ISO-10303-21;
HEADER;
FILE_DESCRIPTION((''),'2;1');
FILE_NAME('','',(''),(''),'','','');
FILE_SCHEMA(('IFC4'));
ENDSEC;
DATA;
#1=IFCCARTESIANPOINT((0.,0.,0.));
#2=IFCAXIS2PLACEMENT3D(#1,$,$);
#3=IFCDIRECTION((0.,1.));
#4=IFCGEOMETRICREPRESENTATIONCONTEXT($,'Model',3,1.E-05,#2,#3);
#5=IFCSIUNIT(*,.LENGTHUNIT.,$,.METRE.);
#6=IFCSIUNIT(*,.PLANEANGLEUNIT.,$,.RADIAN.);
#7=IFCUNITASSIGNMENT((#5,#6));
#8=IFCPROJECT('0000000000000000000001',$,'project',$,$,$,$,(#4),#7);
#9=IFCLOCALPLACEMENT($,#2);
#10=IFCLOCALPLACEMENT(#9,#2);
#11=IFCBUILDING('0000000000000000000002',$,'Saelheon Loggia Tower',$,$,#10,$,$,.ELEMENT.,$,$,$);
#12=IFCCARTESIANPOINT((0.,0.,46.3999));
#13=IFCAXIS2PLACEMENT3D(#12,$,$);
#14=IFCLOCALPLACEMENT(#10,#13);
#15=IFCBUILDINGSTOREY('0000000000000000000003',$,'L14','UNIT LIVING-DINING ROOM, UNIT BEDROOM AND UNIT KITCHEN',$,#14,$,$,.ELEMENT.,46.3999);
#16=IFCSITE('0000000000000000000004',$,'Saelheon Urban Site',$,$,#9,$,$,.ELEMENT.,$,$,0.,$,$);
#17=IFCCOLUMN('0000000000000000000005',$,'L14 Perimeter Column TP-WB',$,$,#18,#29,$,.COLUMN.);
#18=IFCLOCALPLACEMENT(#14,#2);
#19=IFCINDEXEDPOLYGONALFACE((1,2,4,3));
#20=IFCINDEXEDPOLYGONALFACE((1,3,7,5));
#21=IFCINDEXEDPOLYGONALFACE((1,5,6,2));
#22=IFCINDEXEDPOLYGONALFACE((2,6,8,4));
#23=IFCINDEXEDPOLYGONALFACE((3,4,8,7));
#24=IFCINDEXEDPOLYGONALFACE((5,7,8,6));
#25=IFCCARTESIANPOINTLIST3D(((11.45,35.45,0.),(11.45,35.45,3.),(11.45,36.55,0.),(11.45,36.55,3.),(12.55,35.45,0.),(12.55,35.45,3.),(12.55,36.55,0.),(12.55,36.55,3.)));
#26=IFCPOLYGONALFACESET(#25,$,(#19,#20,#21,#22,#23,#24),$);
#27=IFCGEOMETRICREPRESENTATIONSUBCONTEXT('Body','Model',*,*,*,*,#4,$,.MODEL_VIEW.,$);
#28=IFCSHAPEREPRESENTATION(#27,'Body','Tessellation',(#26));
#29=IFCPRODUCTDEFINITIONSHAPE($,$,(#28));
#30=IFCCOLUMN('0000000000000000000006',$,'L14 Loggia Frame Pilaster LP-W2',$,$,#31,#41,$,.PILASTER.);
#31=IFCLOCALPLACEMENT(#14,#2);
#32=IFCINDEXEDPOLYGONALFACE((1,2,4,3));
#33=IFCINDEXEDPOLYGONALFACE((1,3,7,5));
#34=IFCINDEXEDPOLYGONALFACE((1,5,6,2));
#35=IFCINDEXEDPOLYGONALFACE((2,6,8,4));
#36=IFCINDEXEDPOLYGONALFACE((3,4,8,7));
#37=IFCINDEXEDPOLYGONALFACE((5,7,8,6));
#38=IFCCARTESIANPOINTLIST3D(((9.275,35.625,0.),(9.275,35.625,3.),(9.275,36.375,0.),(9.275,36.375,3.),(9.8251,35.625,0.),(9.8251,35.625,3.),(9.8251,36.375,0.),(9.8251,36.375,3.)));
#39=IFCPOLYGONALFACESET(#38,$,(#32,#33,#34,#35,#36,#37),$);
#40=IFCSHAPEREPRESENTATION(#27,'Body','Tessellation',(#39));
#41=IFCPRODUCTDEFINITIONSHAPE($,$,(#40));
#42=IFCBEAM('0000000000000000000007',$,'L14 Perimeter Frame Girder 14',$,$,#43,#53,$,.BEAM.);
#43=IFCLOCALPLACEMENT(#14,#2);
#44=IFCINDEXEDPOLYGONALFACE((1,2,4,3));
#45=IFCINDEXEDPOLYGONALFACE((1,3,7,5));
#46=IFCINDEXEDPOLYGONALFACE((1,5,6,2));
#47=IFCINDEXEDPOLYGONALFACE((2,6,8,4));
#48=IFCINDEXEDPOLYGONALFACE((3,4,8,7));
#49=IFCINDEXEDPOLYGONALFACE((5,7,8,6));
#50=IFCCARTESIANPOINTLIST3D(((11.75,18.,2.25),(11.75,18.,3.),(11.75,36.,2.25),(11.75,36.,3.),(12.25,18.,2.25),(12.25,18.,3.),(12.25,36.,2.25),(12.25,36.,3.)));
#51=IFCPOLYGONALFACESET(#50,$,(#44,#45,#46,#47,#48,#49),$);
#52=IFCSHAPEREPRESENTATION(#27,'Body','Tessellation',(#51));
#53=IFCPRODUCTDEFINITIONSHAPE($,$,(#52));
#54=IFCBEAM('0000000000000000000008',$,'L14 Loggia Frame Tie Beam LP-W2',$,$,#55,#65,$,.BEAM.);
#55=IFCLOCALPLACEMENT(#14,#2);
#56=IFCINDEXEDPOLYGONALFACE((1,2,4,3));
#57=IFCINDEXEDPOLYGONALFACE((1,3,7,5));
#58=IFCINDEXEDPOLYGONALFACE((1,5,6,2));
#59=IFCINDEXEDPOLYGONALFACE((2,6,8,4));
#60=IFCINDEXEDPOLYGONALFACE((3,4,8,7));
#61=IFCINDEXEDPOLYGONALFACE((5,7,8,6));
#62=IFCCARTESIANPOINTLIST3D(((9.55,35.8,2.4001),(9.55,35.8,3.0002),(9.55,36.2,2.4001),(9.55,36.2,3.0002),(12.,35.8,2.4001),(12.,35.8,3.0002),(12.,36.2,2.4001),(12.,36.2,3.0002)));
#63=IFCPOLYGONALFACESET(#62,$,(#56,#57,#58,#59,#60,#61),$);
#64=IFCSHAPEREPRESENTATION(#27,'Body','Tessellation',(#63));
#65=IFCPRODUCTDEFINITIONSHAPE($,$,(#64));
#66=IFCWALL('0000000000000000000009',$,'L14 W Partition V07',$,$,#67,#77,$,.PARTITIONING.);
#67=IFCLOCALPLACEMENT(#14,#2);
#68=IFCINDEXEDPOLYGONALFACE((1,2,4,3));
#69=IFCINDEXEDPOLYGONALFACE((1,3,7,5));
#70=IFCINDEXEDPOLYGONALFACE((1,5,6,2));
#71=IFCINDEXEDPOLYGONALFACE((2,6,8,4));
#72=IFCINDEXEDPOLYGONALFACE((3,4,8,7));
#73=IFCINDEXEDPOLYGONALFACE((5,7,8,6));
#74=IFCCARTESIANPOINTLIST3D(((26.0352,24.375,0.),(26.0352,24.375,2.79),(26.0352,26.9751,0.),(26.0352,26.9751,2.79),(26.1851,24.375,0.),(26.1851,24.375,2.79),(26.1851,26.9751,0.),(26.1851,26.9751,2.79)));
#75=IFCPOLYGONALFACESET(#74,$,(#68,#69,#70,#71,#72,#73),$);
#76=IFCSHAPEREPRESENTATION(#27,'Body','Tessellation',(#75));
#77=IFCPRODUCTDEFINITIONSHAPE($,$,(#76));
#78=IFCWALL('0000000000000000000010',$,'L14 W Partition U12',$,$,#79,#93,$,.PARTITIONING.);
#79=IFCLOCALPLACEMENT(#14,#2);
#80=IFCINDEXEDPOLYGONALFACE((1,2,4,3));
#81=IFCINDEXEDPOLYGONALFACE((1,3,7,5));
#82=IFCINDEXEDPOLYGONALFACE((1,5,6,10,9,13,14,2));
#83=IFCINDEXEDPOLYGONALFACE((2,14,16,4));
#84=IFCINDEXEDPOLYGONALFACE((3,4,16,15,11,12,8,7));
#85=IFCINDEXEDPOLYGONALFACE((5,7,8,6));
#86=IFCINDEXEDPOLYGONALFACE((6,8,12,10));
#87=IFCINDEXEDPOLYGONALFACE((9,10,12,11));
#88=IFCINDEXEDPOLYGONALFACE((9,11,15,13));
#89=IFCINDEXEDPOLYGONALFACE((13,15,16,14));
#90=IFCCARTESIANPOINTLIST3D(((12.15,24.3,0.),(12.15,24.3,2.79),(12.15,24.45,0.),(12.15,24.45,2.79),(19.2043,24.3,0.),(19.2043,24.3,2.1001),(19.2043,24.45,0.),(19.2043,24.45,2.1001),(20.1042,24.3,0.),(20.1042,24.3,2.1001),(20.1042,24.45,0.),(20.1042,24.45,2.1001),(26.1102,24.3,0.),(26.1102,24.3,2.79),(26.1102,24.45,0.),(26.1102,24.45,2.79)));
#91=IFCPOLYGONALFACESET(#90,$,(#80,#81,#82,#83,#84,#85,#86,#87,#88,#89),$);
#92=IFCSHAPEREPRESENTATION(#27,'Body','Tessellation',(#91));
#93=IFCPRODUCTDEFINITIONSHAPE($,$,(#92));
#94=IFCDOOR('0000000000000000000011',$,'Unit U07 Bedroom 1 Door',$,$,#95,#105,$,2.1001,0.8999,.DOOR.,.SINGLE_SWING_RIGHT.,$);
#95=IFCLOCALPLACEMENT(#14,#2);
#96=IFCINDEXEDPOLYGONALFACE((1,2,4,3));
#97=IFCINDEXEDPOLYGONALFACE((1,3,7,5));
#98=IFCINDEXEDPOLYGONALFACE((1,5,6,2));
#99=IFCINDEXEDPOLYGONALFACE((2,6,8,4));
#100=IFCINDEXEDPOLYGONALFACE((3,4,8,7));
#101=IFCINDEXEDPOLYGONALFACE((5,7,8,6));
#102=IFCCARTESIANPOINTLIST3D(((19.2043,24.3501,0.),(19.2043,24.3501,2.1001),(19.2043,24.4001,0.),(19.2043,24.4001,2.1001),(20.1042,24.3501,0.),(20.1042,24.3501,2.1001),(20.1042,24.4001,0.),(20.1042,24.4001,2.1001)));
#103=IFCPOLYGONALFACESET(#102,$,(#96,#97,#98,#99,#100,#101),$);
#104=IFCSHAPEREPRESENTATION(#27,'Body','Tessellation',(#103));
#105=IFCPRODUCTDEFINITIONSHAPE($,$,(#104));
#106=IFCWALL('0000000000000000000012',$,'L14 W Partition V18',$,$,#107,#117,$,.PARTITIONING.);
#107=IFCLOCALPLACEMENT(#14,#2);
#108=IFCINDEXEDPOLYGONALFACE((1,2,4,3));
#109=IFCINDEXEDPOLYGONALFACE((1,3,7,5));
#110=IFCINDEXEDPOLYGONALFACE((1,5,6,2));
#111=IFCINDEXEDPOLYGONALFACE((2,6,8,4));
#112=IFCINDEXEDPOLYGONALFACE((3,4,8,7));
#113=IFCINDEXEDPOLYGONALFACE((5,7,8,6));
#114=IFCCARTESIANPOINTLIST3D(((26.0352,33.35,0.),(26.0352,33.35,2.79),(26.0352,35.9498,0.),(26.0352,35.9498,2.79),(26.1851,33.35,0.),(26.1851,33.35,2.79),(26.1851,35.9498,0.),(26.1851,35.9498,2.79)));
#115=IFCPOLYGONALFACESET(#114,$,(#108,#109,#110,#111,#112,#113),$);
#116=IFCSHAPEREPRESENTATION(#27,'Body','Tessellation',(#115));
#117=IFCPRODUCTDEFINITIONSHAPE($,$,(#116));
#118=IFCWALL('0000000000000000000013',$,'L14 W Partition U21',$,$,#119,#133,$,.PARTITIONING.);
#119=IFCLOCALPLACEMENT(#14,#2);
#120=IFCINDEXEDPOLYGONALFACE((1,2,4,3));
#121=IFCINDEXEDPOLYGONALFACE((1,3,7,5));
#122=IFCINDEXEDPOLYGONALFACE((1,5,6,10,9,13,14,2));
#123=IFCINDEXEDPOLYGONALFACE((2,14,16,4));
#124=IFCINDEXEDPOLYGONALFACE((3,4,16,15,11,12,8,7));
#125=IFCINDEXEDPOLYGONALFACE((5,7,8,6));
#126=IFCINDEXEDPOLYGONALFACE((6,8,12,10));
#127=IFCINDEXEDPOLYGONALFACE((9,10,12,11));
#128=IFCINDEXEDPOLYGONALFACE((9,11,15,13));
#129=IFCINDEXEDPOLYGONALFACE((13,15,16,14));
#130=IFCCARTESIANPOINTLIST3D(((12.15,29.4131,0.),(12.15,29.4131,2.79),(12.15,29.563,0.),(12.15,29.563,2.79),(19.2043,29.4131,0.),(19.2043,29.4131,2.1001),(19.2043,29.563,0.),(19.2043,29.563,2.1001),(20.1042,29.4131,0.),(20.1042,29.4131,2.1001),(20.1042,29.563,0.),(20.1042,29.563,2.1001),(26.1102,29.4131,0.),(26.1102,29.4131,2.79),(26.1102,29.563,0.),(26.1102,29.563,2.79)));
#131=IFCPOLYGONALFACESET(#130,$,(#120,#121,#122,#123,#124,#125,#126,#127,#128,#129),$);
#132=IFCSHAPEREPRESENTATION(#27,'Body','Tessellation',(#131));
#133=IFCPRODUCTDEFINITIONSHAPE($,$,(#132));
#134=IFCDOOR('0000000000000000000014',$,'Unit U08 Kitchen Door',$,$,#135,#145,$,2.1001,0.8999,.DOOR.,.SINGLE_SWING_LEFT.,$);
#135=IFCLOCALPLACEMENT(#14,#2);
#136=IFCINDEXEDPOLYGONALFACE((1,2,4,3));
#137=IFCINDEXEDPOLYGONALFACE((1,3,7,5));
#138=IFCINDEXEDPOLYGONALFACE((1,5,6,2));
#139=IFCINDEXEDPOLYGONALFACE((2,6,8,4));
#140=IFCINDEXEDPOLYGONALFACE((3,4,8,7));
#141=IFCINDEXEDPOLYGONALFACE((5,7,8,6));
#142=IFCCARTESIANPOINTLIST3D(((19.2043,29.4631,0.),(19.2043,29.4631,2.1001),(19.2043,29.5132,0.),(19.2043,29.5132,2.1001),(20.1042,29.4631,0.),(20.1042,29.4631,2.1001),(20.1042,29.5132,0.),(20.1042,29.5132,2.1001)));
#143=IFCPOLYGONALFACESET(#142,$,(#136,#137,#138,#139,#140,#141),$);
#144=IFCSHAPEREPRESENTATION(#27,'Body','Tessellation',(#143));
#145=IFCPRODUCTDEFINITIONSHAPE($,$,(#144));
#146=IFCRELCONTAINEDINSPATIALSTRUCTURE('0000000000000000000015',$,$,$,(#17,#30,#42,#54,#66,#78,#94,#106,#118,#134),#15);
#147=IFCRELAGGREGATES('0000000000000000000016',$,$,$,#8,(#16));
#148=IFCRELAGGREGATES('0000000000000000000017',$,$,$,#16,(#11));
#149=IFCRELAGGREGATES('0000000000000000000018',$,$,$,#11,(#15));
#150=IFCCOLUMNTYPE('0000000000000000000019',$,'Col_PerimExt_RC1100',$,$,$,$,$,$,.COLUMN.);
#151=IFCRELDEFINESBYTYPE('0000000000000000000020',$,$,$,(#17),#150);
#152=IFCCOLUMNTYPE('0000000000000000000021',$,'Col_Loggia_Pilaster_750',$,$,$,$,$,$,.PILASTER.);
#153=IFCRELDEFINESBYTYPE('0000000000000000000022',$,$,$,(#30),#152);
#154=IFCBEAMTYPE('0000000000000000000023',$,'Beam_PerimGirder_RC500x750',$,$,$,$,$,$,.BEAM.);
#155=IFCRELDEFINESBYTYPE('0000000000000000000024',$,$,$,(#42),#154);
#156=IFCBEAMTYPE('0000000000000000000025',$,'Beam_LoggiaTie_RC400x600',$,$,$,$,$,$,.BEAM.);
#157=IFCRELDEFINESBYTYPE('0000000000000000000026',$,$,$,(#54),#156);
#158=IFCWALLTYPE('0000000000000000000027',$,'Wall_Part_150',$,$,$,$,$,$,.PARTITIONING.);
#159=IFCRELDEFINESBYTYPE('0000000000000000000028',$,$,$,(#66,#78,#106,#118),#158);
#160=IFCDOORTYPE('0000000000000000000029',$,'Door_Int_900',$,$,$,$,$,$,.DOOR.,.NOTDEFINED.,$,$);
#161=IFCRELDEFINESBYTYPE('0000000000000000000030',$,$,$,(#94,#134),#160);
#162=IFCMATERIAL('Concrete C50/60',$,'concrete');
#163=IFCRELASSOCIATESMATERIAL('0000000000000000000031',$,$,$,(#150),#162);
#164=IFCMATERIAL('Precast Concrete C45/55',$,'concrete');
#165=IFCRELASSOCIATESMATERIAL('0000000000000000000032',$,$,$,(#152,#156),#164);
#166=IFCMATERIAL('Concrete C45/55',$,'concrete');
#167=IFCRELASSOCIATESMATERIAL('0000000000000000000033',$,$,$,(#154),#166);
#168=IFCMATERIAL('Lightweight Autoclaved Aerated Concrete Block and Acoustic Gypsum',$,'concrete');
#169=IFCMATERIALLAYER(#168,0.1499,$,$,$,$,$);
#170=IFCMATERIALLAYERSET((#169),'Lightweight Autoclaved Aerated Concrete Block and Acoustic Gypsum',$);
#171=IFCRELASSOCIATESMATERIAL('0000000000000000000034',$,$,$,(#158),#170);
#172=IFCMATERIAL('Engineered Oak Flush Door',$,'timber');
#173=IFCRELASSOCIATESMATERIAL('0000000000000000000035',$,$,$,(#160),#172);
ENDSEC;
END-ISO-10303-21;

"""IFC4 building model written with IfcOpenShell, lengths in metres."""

from ifc_helpers import new_model, si_unit, direction, frame, frame_2d, origin, origin_2d, place, context, subcontext, project, spatial, rectangle, extrude, source, transform, mapped, material, layer, layer_set, material_profile, profile_set, type_object, element, fill, save


model = new_model("IFC4")

# Units and contexts
model_context = context("Model", 3, precision=1e-05, world=origin(), true_north=direction((0.0, 1.0)))
body_context = subcontext(model_context, "Body", "Model", "MODEL_VIEW")
ifc_project = project(units=[si_unit("LENGTHUNIT", "METRE"), si_unit("PLANEANGLEUNIT", "RADIAN")], contexts=[model_context])

# Site, building, storey
site_placement = place(None, origin())
site = spatial("IfcSite", under=ifc_project, at=site_placement, Name="Saelheon Urban Site", CompositionType="ELEMENT", RefElevation=0.0)
building_placement = place(site_placement, origin())
building = spatial("IfcBuilding", under=site, at=building_placement, Name="Saelheon Loggia Tower", CompositionType="ELEMENT")
storey_placement = place(building_placement, frame((0.0, 0.0, 46.3999)))
storey = spatial("IfcBuildingStorey", under=building, at=storey_placement, Name="L14", Description="UNIT LIVING-DINING ROOM, UNIT BEDROOM AND UNIT KITCHEN", CompositionType="ELEMENT", Elevation=46.3999)

# Columns
ifc_material_1 = material(Name="Concrete C50/60", Category="concrete")
ifc_material_profile_1 = material_profile(ifc_material_1, rectangle(XDim=1.1001, YDim=1.1001, at=origin_2d()), Name="RC-1100x1100")
ifc_profile_set_1 = profile_set([ifc_material_profile_1], Name="Concrete C50/60")
column_type_1 = type_object("IfcColumnType", Name="Col_PerimExt_RC1100", PredefinedType="COLUMN", material=ifc_profile_set_1)
shared_shape_1 = source(origin(), body_context, "Body", "SweptSolid", [
    extrude(rectangle(XDim=1.1001, YDim=1.1001, at=origin_2d()), origin(), (0.0, 0.0, 1.0), 3.0),
])
column_1_placement = place(storey_placement, frame((12.0, 36.0, 0.0), z_axis=(0.0, 0.0, 1.0), x_axis=(1.0, 0.0, 0.0)))
element("IfcColumn", 1, at=column_1_placement, inside=storey, type_object=column_type_1, Name="L14 Perimeter Column TP-WB", PredefinedType="COLUMN", context=body_context, shape_type="MappedRepresentation", body=[
    mapped(shared_shape_1, transform((0.0, 0.0, 0.0), scale=1.0)),
])
ifc_material_2 = material(Name="Precast Concrete C45/55", Category="concrete")
ifc_material_profile_2 = material_profile(ifc_material_2, rectangle(XDim=0.55, YDim=0.75, at=origin_2d()), Name="RC-550x750")
ifc_profile_set_2 = profile_set([ifc_material_profile_2], Name="Precast Concrete C45/55")
column_type_2 = type_object("IfcColumnType", Name="Col_Loggia_Pilaster_750", PredefinedType="PILASTER", material=ifc_profile_set_2)
shared_shape_2 = source(origin(), body_context, "Body", "SweptSolid", [
    extrude(rectangle(XDim=0.55, YDim=0.75, at=origin_2d()), origin(), (0.0, 0.0, 1.0), 3.0),
])
column_2_placement = place(storey_placement, frame((9.55, 36.0, 0.0), z_axis=(0.0, 0.0, 1.0), x_axis=(1.0, 0.0, 0.0)))
element("IfcColumn", 2, at=column_2_placement, inside=storey, type_object=column_type_2, Name="L14 Loggia Frame Pilaster LP-W2", PredefinedType="PILASTER", context=body_context, shape_type="MappedRepresentation", body=[
    mapped(shared_shape_2, transform((0.0, 0.0, 0.0), scale=1.0)),
])

# Beams
ifc_material_3 = material(Name="Concrete C45/55", Category="concrete")
ifc_material_profile_3 = material_profile(ifc_material_3, rectangle(XDim=0.5, YDim=0.75, at=origin_2d()), Name="RC-500x750")
ifc_profile_set_3 = profile_set([ifc_material_profile_3], Name="Concrete C45/55")
beam_type_1 = type_object("IfcBeamType", Name="Beam_PerimGirder_RC500x750", PredefinedType="BEAM", material=ifc_profile_set_3)
shared_shape_3 = source(origin(), body_context, "Body", "SweptSolid", [
    extrude(rectangle(XDim=0.5, YDim=0.75, at=origin_2d()), origin(), (0.0, 0.0, 1.0), 18.0),
])
beam_1_placement = place(storey_placement, frame((12.0, 36.0, 2.625), z_axis=(0.0, -1.0, 0.0), x_axis=(1.0, 0.0, 0.0)))
element("IfcBeam", 3, at=beam_1_placement, inside=storey, type_object=beam_type_1, Name="L14 Perimeter Frame Girder 14", PredefinedType="BEAM", context=body_context, shape_type="MappedRepresentation", body=[
    mapped(shared_shape_3, transform((0.0, 0.0, 0.0), scale=1.0)),
])
ifc_material_profile_4 = material_profile(ifc_material_2, rectangle(XDim=0.3999, YDim=0.6001, at=origin_2d()), Name="RC-400x600")
ifc_profile_set_4 = profile_set([ifc_material_profile_4], Name="Precast Concrete C45/55")
beam_type_2 = type_object("IfcBeamType", Name="Beam_LoggiaTie_RC400x600", PredefinedType="BEAM", material=ifc_profile_set_4)
shared_shape_4 = source(origin(), body_context, "Body", "SweptSolid", [
    extrude(rectangle(XDim=0.3999, YDim=0.6001, at=origin_2d()), origin(), (0.0, 0.0, 1.0), 2.45),
])
beam_2_placement = place(storey_placement, frame((12.0, 36.0, 2.7002), z_axis=(-1.0, 0.0, 0.0), x_axis=(0.0, -1.0, 0.0)))
element("IfcBeam", 4, at=beam_2_placement, inside=storey, type_object=beam_type_2, Name="L14 Loggia Frame Tie Beam LP-W2", PredefinedType="BEAM", context=body_context, shape_type="MappedRepresentation", body=[
    mapped(shared_shape_4, transform((0.0, 0.0, 0.0), scale=1.0)),
])

# Wall
ifc_material_4 = material(Name="Lightweight Autoclaved Aerated Concrete Block and Acoustic Gypsum", Category="concrete")
ifc_layer_1 = layer(ifc_material_4, 0.1499)
ifc_layer_set_1 = layer_set([ifc_layer_1], Name="Lightweight Autoclaved Aerated Concrete Block and Acoustic Gypsum")
wall_type_1 = type_object("IfcWallType", Name="Wall_Part_150", PredefinedType="PARTITIONING", material=ifc_layer_set_1)
wall_1_placement = place(storey_placement, frame((26.1101, 24.375, 0.0), z_axis=(0.0, 0.0, 1.0), x_axis=(0.0, 1.0, 0.0)))
element("IfcWall", 5, at=wall_1_placement, inside=storey, type_object=wall_type_1, Name="L14 W Partition V07", PredefinedType="PARTITIONING", context=body_context, shape_type="SweptSolid", body=[
    extrude(rectangle(XDim=2.6001, YDim=0.1499, at=frame_2d((1.3, 0.0))), origin(), (0.0, 0.0, 1.0), 2.79),
])

# Wall, opening, door
wall_2_placement = place(storey_placement, frame((26.1101, 24.375, 0.0), z_axis=(0.0, 0.0, 1.0), x_axis=(-1.0, 0.0, 0.0)))
wall_2 = element("IfcWall", 6, at=wall_2_placement, inside=storey, type_object=wall_type_1, Name="L14 W Partition U12", PredefinedType="PARTITIONING", context=body_context, shape_type="SweptSolid", body=[
    extrude(rectangle(XDim=13.9602, YDim=0.1499, at=frame_2d((6.98, 0.0))), origin(), (0.0, 0.0, 1.0), 2.79),
])
opening_1_placement = place(wall_2_placement, frame((6.0059, 0.0, 0.0)))
opening_1 = element("IfcOpeningElement", 7, at=opening_1_placement, cuts=wall_2, PredefinedType="OPENING", context=body_context, shape_type="SweptSolid", body=[
    extrude(rectangle(XDim=0.8999, YDim=2.1001, at=frame_2d((0.45, 1.05))), frame((0.0, 0.0869, 0.0), z_axis=(0.0, -1.0, 0.0), x_axis=(1.0, 0.0, 0.0)), (0.0, 0.0, 1.0), 0.1738),
])
ifc_material_5 = material(Name="Engineered Oak Flush Door", Category="timber")
door_type_1 = type_object("IfcDoorType", Name="Door_Int_900", OperationType="NOTDEFINED", PredefinedType="DOOR", material=ifc_material_5)
shared_shape_5 = source(origin(), body_context, "Body", "SweptSolid", [
    extrude(rectangle(XDim=0.8999, YDim=2.1001, at=frame_2d((0.45, 1.05))), frame((0.0, 0.0249, 0.0), z_axis=(0.0, -1.0, 0.0), x_axis=(1.0, 0.0, 0.0)), (0.0, 0.0, 1.0), 0.05),
])
door_1_placement = place(opening_1_placement, origin())
door_1 = element("IfcDoor", 8, at=door_1_placement, inside=storey, type_object=door_type_1, Name="Unit U07 Bedroom 1 Door", OperationType="SINGLE_SWING_RIGHT", OverallHeight=2.1001, OverallWidth=0.8999, PredefinedType="DOOR", context=body_context, shape_type="MappedRepresentation", body=[
    mapped(shared_shape_5, transform((0.0, 0.0, 0.0), scale=1.0)),
])
fill(opening_1, door_1)

# Wall
wall_3_placement = place(storey_placement, frame((26.1101, 33.3501, 0.0), z_axis=(0.0, 0.0, 1.0), x_axis=(0.0, 1.0, 0.0)))
element("IfcWall", 9, at=wall_3_placement, inside=storey, type_object=wall_type_1, Name="L14 W Partition V18", PredefinedType="PARTITIONING", context=body_context, shape_type="SweptSolid", body=[
    extrude(rectangle(XDim=2.5999, YDim=0.1499, at=frame_2d((1.2998, 0.0))), origin(), (0.0, 0.0, 1.0), 2.79),
])

# Wall, opening, door
wall_4_placement = place(storey_placement, frame((26.1101, 29.488, 0.0), z_axis=(0.0, 0.0, 1.0), x_axis=(-1.0, 0.0, 0.0)))
wall_4 = element("IfcWall", 10, at=wall_4_placement, inside=storey, type_object=wall_type_1, Name="L14 W Partition U21", PredefinedType="PARTITIONING", context=body_context, shape_type="SweptSolid", body=[
    extrude(rectangle(XDim=13.9602, YDim=0.1499, at=frame_2d((6.98, 0.0))), origin(), (0.0, 0.0, 1.0), 2.79),
])
opening_2_placement = place(wall_4_placement, frame((6.0059, 0.0, 0.0)))
opening_2 = element("IfcOpeningElement", 11, at=opening_2_placement, cuts=wall_4, PredefinedType="OPENING", context=body_context, shape_type="SweptSolid", body=[
    extrude(rectangle(XDim=0.8999, YDim=2.1001, at=frame_2d((0.45, 1.05))), frame((0.0, 0.0869, 0.0), z_axis=(0.0, -1.0, 0.0), x_axis=(1.0, 0.0, 0.0)), (0.0, 0.0, 1.0), 0.1738),
])
door_2_placement = place(opening_2_placement, origin())
door_2 = element("IfcDoor", 12, at=door_2_placement, inside=storey, type_object=door_type_1, Name="Unit U08 Kitchen Door", OperationType="SINGLE_SWING_LEFT", OverallHeight=2.1001, OverallWidth=0.8999, PredefinedType="DOOR", context=body_context, shape_type="MappedRepresentation", body=[
    mapped(shared_shape_5, transform((0.0, 0.0, 0.0), scale=1.0)),
])
fill(opening_2, door_2)

save(model, "model.ifc")
